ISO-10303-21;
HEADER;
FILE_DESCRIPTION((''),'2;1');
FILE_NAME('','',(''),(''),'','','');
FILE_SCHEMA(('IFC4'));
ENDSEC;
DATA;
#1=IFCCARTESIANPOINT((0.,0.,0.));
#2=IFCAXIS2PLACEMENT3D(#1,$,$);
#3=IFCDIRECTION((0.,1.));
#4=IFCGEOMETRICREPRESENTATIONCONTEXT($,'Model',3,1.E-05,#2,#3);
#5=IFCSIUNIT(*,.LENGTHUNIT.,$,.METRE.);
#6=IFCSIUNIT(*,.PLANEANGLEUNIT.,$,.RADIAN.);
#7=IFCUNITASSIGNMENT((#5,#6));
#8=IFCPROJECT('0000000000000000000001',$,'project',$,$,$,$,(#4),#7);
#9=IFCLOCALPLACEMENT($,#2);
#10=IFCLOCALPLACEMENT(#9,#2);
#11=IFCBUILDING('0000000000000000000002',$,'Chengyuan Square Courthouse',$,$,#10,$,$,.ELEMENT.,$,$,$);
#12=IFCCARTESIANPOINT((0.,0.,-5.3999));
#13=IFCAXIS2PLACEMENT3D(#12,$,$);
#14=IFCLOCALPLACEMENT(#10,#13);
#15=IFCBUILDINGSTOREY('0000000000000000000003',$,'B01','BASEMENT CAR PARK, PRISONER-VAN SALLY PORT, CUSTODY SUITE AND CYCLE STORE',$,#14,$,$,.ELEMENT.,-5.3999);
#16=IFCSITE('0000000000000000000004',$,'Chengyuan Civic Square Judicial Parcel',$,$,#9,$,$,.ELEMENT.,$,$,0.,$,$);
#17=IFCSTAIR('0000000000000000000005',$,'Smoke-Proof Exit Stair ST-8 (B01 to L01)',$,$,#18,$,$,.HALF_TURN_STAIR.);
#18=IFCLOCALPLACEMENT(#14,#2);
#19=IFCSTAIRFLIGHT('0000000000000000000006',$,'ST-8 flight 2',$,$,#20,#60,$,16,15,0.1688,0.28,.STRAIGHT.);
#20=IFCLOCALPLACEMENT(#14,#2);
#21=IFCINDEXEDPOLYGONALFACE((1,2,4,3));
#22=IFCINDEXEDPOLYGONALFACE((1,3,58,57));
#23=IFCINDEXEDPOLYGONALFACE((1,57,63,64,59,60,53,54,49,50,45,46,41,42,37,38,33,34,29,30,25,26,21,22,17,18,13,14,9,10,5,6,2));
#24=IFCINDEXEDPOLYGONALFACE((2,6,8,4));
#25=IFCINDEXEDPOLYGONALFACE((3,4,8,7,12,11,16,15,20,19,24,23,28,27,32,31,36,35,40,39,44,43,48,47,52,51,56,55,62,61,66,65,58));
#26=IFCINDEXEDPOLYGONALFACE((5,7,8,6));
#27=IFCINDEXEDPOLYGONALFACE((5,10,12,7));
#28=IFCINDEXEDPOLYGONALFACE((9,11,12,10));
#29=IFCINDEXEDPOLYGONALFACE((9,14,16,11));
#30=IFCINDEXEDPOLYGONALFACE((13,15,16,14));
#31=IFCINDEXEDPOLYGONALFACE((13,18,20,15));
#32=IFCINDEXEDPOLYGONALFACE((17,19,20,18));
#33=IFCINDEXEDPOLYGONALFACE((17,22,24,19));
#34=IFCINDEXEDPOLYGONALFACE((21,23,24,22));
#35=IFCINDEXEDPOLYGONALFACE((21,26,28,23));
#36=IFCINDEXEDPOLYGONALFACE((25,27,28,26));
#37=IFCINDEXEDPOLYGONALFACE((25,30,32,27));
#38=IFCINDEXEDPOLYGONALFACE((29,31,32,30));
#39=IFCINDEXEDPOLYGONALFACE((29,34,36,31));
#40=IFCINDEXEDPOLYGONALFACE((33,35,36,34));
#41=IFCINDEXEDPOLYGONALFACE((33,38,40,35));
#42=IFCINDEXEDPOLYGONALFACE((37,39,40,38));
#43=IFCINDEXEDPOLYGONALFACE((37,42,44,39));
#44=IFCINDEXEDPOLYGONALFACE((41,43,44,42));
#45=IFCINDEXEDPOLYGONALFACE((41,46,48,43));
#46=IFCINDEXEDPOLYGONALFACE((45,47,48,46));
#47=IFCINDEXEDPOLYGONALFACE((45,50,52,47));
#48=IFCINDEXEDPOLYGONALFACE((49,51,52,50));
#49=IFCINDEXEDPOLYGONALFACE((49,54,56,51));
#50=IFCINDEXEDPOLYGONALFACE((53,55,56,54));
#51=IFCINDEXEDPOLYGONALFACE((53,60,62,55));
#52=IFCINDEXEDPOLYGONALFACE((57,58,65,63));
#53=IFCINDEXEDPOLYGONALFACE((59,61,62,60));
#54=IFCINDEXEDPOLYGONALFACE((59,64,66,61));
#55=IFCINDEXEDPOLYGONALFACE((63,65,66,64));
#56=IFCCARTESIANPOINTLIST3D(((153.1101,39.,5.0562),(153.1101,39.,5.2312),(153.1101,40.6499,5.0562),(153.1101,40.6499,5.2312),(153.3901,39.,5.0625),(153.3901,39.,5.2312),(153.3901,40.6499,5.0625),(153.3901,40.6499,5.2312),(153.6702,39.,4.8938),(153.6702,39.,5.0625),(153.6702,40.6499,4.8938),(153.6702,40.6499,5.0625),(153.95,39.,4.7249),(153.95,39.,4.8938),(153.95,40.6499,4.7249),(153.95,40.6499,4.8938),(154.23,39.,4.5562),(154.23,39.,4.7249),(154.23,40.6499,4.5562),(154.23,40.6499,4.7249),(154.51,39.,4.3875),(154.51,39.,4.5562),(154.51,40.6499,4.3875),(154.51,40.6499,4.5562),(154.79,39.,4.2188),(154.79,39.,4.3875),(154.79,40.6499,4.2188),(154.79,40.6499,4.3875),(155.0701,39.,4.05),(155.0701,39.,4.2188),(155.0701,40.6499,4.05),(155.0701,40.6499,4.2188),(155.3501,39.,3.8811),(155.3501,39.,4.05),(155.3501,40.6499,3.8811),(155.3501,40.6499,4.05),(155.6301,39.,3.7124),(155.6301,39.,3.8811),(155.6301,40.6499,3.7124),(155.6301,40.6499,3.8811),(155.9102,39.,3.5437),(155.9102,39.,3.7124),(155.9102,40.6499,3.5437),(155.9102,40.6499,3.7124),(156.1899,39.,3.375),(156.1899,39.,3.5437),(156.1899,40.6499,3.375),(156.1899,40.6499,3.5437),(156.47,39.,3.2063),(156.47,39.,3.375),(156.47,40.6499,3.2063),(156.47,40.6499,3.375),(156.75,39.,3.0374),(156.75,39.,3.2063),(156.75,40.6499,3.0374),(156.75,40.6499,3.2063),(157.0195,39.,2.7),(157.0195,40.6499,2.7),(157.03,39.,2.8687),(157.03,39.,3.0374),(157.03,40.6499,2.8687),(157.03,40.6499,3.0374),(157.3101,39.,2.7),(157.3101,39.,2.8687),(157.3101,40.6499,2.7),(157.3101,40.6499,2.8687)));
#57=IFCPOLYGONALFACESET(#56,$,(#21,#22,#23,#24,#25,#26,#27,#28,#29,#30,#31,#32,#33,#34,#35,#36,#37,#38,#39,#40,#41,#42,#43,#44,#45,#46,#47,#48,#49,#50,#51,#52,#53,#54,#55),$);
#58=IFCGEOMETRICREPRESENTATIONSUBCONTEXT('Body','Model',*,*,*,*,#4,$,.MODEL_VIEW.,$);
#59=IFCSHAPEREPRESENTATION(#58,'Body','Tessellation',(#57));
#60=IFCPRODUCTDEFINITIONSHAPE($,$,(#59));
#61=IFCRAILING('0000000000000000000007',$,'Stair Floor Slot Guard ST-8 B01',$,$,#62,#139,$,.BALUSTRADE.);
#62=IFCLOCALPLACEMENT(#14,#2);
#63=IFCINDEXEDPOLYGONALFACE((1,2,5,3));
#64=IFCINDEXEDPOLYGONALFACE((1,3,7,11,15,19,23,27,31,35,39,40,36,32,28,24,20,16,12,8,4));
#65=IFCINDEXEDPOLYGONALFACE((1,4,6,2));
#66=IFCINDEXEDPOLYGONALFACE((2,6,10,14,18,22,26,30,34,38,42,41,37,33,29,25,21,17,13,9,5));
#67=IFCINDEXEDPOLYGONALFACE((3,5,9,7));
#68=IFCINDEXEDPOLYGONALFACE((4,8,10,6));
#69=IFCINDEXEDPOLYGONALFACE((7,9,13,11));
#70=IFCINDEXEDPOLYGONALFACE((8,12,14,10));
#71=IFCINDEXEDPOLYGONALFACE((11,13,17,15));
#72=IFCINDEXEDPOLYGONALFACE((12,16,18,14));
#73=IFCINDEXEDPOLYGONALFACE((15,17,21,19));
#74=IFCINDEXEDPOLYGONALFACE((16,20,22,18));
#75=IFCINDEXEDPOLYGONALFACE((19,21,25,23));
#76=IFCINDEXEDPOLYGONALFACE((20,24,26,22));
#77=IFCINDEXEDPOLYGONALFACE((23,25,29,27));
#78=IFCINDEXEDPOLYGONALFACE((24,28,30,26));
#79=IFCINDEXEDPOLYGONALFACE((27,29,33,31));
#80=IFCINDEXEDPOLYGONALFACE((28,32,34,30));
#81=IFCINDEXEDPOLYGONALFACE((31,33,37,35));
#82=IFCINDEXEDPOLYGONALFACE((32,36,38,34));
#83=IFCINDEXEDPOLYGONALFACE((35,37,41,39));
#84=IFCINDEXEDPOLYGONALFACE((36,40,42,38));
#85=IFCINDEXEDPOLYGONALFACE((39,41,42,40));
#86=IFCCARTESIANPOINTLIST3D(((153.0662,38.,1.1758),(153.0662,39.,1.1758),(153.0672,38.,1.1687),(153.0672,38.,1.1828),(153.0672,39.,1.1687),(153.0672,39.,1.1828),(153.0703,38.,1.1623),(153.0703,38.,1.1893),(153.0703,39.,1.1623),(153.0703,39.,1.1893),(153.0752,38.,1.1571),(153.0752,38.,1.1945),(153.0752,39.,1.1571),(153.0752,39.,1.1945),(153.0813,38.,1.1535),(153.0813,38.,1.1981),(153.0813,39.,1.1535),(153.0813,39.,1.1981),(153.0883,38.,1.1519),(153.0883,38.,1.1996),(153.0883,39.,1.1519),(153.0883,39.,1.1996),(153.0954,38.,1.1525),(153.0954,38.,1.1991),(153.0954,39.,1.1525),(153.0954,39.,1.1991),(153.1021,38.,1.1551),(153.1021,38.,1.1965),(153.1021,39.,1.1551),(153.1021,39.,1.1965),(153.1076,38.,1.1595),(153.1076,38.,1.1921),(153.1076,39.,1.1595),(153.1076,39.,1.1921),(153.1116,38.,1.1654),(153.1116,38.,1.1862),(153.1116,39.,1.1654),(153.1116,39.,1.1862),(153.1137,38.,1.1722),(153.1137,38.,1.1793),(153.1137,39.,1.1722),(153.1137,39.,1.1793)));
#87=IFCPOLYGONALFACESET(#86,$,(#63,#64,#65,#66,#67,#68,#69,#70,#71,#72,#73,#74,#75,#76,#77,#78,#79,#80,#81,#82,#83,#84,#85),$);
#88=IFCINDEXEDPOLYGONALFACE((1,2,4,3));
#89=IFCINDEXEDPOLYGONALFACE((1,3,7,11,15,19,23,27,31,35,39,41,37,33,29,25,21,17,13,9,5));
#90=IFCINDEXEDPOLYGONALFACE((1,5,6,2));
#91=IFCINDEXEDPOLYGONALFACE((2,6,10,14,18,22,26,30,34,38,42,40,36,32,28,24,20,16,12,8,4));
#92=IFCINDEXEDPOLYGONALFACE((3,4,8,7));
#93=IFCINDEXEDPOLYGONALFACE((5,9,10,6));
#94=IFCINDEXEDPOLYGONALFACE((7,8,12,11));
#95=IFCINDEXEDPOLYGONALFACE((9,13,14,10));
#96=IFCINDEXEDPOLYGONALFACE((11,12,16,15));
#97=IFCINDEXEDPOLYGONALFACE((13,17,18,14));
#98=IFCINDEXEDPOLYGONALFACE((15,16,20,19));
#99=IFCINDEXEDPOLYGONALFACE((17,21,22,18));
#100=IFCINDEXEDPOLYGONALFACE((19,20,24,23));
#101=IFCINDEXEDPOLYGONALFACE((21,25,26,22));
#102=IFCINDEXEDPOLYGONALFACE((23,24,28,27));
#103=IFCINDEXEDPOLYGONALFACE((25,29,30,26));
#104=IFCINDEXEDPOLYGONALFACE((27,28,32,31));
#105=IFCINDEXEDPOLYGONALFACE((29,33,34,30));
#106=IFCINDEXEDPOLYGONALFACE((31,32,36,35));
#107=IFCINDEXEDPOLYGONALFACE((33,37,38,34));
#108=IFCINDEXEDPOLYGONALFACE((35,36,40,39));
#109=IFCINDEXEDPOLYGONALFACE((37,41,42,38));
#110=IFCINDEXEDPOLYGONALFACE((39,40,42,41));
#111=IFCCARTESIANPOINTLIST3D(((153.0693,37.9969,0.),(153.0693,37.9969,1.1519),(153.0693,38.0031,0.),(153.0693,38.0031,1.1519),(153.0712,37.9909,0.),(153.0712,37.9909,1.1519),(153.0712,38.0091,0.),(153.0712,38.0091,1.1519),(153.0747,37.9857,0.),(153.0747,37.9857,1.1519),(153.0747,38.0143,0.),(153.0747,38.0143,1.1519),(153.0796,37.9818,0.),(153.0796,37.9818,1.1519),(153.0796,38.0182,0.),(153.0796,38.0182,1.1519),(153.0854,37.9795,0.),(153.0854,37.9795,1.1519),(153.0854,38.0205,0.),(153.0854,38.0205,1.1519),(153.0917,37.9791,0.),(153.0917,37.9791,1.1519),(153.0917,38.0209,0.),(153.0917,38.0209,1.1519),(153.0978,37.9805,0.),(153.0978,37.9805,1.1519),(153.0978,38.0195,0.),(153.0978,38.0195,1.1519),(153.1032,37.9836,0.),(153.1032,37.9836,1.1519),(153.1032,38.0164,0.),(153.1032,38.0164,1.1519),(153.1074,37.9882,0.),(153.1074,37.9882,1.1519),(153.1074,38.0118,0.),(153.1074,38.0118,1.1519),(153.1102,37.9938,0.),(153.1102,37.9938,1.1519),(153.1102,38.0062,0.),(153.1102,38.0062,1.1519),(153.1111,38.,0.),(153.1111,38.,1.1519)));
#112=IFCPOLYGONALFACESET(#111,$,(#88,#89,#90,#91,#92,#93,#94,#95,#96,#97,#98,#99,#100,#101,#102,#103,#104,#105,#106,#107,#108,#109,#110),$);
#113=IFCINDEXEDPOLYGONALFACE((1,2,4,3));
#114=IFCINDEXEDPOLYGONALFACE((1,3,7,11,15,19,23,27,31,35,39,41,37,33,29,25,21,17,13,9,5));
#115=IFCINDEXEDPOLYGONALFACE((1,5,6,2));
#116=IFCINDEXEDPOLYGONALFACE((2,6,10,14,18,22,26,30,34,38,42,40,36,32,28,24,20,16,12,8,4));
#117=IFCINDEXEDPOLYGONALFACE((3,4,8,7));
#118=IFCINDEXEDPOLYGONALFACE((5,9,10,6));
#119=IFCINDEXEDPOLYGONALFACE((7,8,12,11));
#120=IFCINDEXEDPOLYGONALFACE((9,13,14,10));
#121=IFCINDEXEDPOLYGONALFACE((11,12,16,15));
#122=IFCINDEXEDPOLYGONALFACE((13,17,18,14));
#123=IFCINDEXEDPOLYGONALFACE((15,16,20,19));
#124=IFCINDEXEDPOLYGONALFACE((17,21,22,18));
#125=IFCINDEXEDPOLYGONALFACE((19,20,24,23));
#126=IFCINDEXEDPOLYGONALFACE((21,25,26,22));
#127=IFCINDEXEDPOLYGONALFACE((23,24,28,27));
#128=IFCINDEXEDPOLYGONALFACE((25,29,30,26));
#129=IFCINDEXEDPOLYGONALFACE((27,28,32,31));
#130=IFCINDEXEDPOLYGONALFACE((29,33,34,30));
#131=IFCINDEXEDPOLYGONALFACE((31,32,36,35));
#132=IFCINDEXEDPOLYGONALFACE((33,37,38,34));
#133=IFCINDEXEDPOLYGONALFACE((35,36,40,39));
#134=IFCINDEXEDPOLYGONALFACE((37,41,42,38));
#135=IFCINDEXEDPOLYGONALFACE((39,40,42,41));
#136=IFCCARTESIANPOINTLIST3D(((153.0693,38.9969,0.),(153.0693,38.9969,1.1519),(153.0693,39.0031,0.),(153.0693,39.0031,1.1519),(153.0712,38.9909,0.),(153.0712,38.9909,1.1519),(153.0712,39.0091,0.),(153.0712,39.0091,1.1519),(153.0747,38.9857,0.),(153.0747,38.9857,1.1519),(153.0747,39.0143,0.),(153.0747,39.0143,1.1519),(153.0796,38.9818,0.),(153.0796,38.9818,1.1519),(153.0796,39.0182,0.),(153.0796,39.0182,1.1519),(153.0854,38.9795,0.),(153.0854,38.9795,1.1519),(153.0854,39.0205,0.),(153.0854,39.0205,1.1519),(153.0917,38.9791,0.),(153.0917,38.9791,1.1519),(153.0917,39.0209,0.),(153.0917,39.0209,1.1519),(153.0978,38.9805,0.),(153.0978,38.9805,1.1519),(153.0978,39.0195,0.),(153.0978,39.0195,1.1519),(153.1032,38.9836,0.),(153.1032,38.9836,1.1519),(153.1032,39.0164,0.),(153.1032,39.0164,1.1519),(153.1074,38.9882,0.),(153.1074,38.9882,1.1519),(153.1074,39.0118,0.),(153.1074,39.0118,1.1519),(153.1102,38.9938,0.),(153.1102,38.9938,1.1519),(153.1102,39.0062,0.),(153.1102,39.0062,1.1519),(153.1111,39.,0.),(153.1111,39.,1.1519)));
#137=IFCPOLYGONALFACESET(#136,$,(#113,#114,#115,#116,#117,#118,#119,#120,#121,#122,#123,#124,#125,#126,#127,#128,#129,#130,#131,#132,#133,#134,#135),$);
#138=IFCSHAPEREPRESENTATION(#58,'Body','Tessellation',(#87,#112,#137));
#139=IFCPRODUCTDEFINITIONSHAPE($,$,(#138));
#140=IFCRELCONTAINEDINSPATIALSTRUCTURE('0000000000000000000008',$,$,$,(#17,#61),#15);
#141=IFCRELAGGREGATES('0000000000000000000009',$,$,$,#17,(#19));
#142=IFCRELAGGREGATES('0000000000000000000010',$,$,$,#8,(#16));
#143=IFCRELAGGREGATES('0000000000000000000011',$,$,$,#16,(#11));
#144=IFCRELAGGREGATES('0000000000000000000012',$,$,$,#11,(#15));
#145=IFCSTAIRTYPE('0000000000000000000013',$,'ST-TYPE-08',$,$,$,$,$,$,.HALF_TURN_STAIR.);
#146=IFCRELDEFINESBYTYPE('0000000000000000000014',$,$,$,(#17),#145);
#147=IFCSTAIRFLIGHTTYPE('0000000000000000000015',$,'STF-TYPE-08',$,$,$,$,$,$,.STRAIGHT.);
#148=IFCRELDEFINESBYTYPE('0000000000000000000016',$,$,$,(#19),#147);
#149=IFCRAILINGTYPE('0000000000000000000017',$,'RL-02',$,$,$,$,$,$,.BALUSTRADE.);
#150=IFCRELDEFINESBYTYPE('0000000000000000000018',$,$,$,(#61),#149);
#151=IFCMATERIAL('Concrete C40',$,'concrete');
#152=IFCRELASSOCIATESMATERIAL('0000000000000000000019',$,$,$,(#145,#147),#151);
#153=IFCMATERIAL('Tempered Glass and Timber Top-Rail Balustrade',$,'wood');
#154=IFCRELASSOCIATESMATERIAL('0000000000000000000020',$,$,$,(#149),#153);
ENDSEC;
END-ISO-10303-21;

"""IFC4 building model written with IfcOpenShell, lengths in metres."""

from ifc_helpers import new_model, si_unit, direction, frame, origin, origin_2d, place, context, subcontext, project, spatial, polyline, circle, outline, extrude, material, type_object, element, aggregate, save


model = new_model("IFC4")

# Units and contexts
model_context = context("Model", 3, precision=1e-05, world=origin(), true_north=direction((0.0, 1.0)))
body_context = subcontext(model_context, "Body", "Model", "MODEL_VIEW")
ifc_project = project(units=[si_unit("LENGTHUNIT", "METRE"), si_unit("PLANEANGLEUNIT", "RADIAN")], contexts=[model_context])

# Site, building, storey
site_placement = place(None, origin())
site = spatial("IfcSite", under=ifc_project, at=site_placement, Name="Chengyuan Civic Square Judicial Parcel", CompositionType="ELEMENT", RefElevation=0.0)
building_placement = place(site_placement, origin())
building = spatial("IfcBuilding", under=site, at=building_placement, Name="Chengyuan Square Courthouse", CompositionType="ELEMENT")
storey_placement = place(building_placement, frame((0.0, 0.0, -5.3999)))
storey = spatial("IfcBuildingStorey", under=building, at=storey_placement, Name="B01", Description="BASEMENT CAR PARK, PRISONER-VAN SALLY PORT, CUSTODY SUITE AND CYCLE STORE", CompositionType="ELEMENT", Elevation=-5.3999)

# Shared definitions
ifc_material_1 = material(Name="Concrete C40", Category="concrete")

# Stair, stair flight
stair_type = type_object("IfcStairType", Name="ST-TYPE-08", PredefinedType="HALF_TURN_STAIR", material=ifc_material_1)
stair_placement = place(storey_placement, origin())
stair = element("IfcStair", 1, at=stair_placement, inside=storey, type_object=stair_type, Name="Smoke-Proof Exit Stair ST-8 (B01 to L01)", PredefinedType="HALF_TURN_STAIR")
stair_flight_type = type_object("IfcStairFlightType", Name="STF-TYPE-08", PredefinedType="STRAIGHT", material=ifc_material_1)
stair_flight_1_placement = place(storey_placement, frame((157.3101, 39.825, 2.7), z_axis=(0.0, 0.0, 1.0), x_axis=(-1.0, 0.0, 0.0)))
stair_flight_1 = element("IfcStairFlight", 2, at=stair_flight_1_placement, type_object=stair_flight_type, Name="ST-8 flight 2", NumberOfRisers=16, NumberOfTreads=15, PredefinedType="STRAIGHT", RiserHeight=0.1688, TreadLength=0.28, context=body_context, shape_type="SweptSolid", body=[
    extrude(outline(polyline([(0.0, 0.0), (0.0, 0.1687), (0.28, 0.1687), (0.28, 0.3374), (0.5601, 0.3374), (0.5601, 0.5063), (0.8401, 0.5063), (0.8401, 0.675), (1.1201, 0.675), (1.1201, 0.8438), (1.3999, 0.8438), (1.3999, 1.0125), (1.6799, 1.0125), (1.6799, 1.1812), (1.96, 1.1812), (1.96, 1.3501), (2.24, 1.3501), (2.24, 1.5188), (2.52, 1.5188), (2.52, 1.6875), (2.8, 1.6875), (2.8, 1.8562), (3.0801, 1.8562), (3.0801, 2.0249), (3.3601, 2.0249), (3.3601, 2.1938), (3.6399, 2.1938), (3.6399, 2.3625), (3.9199, 2.3625), (3.9199, 2.5312), (4.2, 2.5312), (4.2, 2.7), (4.2, 2.3562), (0.2905, 0.0), (0.0, 0.0)])), frame((0.0, 0.825, 0.0), z_axis=(0.0, -1.0, 0.0), x_axis=(1.0, 0.0, 0.0)), (0.0, 0.0, 1.0), 1.6499),
])
aggregate(stair, [stair_flight_1])

# Railing
ifc_material_2 = material(Name="Tempered Glass and Timber Top-Rail Balustrade", Category="wood")
railing_type_1 = type_object("IfcRailingType", Name="RL-02", PredefinedType="BALUSTRADE", material=ifc_material_2)
for number, where, name in (
    (3, (153.0901, 38.0, 0.0), "Stair Floor Slot Guard ST-8 B01"),
):
    element("IfcRailing", number, at=place(storey_placement, frame(where)), inside=storey, type_object=railing_type_1, Name=name, PredefinedType="BALUSTRADE", context=body_context, shape_type="SweptSolid", body=[
        extrude(circle(Radius=0.0239, at=origin_2d()), frame((0.0, 0.0, 1.1758), z_axis=(0.0, 1.0, 0.0), x_axis=(-1.0, 0.0, 0.0)), (0.0, 0.0, 1.0), 1.0),
        extrude(circle(Radius=0.021, at=origin_2d()), origin(), (0.0, 0.0, 1.0), 1.1519),
        extrude(circle(Radius=0.021, at=origin_2d()), frame((0.0, 1.0, 0.0)), (0.0, 0.0, 1.0), 1.1519),
    ])

save(model, "model.ifc")
